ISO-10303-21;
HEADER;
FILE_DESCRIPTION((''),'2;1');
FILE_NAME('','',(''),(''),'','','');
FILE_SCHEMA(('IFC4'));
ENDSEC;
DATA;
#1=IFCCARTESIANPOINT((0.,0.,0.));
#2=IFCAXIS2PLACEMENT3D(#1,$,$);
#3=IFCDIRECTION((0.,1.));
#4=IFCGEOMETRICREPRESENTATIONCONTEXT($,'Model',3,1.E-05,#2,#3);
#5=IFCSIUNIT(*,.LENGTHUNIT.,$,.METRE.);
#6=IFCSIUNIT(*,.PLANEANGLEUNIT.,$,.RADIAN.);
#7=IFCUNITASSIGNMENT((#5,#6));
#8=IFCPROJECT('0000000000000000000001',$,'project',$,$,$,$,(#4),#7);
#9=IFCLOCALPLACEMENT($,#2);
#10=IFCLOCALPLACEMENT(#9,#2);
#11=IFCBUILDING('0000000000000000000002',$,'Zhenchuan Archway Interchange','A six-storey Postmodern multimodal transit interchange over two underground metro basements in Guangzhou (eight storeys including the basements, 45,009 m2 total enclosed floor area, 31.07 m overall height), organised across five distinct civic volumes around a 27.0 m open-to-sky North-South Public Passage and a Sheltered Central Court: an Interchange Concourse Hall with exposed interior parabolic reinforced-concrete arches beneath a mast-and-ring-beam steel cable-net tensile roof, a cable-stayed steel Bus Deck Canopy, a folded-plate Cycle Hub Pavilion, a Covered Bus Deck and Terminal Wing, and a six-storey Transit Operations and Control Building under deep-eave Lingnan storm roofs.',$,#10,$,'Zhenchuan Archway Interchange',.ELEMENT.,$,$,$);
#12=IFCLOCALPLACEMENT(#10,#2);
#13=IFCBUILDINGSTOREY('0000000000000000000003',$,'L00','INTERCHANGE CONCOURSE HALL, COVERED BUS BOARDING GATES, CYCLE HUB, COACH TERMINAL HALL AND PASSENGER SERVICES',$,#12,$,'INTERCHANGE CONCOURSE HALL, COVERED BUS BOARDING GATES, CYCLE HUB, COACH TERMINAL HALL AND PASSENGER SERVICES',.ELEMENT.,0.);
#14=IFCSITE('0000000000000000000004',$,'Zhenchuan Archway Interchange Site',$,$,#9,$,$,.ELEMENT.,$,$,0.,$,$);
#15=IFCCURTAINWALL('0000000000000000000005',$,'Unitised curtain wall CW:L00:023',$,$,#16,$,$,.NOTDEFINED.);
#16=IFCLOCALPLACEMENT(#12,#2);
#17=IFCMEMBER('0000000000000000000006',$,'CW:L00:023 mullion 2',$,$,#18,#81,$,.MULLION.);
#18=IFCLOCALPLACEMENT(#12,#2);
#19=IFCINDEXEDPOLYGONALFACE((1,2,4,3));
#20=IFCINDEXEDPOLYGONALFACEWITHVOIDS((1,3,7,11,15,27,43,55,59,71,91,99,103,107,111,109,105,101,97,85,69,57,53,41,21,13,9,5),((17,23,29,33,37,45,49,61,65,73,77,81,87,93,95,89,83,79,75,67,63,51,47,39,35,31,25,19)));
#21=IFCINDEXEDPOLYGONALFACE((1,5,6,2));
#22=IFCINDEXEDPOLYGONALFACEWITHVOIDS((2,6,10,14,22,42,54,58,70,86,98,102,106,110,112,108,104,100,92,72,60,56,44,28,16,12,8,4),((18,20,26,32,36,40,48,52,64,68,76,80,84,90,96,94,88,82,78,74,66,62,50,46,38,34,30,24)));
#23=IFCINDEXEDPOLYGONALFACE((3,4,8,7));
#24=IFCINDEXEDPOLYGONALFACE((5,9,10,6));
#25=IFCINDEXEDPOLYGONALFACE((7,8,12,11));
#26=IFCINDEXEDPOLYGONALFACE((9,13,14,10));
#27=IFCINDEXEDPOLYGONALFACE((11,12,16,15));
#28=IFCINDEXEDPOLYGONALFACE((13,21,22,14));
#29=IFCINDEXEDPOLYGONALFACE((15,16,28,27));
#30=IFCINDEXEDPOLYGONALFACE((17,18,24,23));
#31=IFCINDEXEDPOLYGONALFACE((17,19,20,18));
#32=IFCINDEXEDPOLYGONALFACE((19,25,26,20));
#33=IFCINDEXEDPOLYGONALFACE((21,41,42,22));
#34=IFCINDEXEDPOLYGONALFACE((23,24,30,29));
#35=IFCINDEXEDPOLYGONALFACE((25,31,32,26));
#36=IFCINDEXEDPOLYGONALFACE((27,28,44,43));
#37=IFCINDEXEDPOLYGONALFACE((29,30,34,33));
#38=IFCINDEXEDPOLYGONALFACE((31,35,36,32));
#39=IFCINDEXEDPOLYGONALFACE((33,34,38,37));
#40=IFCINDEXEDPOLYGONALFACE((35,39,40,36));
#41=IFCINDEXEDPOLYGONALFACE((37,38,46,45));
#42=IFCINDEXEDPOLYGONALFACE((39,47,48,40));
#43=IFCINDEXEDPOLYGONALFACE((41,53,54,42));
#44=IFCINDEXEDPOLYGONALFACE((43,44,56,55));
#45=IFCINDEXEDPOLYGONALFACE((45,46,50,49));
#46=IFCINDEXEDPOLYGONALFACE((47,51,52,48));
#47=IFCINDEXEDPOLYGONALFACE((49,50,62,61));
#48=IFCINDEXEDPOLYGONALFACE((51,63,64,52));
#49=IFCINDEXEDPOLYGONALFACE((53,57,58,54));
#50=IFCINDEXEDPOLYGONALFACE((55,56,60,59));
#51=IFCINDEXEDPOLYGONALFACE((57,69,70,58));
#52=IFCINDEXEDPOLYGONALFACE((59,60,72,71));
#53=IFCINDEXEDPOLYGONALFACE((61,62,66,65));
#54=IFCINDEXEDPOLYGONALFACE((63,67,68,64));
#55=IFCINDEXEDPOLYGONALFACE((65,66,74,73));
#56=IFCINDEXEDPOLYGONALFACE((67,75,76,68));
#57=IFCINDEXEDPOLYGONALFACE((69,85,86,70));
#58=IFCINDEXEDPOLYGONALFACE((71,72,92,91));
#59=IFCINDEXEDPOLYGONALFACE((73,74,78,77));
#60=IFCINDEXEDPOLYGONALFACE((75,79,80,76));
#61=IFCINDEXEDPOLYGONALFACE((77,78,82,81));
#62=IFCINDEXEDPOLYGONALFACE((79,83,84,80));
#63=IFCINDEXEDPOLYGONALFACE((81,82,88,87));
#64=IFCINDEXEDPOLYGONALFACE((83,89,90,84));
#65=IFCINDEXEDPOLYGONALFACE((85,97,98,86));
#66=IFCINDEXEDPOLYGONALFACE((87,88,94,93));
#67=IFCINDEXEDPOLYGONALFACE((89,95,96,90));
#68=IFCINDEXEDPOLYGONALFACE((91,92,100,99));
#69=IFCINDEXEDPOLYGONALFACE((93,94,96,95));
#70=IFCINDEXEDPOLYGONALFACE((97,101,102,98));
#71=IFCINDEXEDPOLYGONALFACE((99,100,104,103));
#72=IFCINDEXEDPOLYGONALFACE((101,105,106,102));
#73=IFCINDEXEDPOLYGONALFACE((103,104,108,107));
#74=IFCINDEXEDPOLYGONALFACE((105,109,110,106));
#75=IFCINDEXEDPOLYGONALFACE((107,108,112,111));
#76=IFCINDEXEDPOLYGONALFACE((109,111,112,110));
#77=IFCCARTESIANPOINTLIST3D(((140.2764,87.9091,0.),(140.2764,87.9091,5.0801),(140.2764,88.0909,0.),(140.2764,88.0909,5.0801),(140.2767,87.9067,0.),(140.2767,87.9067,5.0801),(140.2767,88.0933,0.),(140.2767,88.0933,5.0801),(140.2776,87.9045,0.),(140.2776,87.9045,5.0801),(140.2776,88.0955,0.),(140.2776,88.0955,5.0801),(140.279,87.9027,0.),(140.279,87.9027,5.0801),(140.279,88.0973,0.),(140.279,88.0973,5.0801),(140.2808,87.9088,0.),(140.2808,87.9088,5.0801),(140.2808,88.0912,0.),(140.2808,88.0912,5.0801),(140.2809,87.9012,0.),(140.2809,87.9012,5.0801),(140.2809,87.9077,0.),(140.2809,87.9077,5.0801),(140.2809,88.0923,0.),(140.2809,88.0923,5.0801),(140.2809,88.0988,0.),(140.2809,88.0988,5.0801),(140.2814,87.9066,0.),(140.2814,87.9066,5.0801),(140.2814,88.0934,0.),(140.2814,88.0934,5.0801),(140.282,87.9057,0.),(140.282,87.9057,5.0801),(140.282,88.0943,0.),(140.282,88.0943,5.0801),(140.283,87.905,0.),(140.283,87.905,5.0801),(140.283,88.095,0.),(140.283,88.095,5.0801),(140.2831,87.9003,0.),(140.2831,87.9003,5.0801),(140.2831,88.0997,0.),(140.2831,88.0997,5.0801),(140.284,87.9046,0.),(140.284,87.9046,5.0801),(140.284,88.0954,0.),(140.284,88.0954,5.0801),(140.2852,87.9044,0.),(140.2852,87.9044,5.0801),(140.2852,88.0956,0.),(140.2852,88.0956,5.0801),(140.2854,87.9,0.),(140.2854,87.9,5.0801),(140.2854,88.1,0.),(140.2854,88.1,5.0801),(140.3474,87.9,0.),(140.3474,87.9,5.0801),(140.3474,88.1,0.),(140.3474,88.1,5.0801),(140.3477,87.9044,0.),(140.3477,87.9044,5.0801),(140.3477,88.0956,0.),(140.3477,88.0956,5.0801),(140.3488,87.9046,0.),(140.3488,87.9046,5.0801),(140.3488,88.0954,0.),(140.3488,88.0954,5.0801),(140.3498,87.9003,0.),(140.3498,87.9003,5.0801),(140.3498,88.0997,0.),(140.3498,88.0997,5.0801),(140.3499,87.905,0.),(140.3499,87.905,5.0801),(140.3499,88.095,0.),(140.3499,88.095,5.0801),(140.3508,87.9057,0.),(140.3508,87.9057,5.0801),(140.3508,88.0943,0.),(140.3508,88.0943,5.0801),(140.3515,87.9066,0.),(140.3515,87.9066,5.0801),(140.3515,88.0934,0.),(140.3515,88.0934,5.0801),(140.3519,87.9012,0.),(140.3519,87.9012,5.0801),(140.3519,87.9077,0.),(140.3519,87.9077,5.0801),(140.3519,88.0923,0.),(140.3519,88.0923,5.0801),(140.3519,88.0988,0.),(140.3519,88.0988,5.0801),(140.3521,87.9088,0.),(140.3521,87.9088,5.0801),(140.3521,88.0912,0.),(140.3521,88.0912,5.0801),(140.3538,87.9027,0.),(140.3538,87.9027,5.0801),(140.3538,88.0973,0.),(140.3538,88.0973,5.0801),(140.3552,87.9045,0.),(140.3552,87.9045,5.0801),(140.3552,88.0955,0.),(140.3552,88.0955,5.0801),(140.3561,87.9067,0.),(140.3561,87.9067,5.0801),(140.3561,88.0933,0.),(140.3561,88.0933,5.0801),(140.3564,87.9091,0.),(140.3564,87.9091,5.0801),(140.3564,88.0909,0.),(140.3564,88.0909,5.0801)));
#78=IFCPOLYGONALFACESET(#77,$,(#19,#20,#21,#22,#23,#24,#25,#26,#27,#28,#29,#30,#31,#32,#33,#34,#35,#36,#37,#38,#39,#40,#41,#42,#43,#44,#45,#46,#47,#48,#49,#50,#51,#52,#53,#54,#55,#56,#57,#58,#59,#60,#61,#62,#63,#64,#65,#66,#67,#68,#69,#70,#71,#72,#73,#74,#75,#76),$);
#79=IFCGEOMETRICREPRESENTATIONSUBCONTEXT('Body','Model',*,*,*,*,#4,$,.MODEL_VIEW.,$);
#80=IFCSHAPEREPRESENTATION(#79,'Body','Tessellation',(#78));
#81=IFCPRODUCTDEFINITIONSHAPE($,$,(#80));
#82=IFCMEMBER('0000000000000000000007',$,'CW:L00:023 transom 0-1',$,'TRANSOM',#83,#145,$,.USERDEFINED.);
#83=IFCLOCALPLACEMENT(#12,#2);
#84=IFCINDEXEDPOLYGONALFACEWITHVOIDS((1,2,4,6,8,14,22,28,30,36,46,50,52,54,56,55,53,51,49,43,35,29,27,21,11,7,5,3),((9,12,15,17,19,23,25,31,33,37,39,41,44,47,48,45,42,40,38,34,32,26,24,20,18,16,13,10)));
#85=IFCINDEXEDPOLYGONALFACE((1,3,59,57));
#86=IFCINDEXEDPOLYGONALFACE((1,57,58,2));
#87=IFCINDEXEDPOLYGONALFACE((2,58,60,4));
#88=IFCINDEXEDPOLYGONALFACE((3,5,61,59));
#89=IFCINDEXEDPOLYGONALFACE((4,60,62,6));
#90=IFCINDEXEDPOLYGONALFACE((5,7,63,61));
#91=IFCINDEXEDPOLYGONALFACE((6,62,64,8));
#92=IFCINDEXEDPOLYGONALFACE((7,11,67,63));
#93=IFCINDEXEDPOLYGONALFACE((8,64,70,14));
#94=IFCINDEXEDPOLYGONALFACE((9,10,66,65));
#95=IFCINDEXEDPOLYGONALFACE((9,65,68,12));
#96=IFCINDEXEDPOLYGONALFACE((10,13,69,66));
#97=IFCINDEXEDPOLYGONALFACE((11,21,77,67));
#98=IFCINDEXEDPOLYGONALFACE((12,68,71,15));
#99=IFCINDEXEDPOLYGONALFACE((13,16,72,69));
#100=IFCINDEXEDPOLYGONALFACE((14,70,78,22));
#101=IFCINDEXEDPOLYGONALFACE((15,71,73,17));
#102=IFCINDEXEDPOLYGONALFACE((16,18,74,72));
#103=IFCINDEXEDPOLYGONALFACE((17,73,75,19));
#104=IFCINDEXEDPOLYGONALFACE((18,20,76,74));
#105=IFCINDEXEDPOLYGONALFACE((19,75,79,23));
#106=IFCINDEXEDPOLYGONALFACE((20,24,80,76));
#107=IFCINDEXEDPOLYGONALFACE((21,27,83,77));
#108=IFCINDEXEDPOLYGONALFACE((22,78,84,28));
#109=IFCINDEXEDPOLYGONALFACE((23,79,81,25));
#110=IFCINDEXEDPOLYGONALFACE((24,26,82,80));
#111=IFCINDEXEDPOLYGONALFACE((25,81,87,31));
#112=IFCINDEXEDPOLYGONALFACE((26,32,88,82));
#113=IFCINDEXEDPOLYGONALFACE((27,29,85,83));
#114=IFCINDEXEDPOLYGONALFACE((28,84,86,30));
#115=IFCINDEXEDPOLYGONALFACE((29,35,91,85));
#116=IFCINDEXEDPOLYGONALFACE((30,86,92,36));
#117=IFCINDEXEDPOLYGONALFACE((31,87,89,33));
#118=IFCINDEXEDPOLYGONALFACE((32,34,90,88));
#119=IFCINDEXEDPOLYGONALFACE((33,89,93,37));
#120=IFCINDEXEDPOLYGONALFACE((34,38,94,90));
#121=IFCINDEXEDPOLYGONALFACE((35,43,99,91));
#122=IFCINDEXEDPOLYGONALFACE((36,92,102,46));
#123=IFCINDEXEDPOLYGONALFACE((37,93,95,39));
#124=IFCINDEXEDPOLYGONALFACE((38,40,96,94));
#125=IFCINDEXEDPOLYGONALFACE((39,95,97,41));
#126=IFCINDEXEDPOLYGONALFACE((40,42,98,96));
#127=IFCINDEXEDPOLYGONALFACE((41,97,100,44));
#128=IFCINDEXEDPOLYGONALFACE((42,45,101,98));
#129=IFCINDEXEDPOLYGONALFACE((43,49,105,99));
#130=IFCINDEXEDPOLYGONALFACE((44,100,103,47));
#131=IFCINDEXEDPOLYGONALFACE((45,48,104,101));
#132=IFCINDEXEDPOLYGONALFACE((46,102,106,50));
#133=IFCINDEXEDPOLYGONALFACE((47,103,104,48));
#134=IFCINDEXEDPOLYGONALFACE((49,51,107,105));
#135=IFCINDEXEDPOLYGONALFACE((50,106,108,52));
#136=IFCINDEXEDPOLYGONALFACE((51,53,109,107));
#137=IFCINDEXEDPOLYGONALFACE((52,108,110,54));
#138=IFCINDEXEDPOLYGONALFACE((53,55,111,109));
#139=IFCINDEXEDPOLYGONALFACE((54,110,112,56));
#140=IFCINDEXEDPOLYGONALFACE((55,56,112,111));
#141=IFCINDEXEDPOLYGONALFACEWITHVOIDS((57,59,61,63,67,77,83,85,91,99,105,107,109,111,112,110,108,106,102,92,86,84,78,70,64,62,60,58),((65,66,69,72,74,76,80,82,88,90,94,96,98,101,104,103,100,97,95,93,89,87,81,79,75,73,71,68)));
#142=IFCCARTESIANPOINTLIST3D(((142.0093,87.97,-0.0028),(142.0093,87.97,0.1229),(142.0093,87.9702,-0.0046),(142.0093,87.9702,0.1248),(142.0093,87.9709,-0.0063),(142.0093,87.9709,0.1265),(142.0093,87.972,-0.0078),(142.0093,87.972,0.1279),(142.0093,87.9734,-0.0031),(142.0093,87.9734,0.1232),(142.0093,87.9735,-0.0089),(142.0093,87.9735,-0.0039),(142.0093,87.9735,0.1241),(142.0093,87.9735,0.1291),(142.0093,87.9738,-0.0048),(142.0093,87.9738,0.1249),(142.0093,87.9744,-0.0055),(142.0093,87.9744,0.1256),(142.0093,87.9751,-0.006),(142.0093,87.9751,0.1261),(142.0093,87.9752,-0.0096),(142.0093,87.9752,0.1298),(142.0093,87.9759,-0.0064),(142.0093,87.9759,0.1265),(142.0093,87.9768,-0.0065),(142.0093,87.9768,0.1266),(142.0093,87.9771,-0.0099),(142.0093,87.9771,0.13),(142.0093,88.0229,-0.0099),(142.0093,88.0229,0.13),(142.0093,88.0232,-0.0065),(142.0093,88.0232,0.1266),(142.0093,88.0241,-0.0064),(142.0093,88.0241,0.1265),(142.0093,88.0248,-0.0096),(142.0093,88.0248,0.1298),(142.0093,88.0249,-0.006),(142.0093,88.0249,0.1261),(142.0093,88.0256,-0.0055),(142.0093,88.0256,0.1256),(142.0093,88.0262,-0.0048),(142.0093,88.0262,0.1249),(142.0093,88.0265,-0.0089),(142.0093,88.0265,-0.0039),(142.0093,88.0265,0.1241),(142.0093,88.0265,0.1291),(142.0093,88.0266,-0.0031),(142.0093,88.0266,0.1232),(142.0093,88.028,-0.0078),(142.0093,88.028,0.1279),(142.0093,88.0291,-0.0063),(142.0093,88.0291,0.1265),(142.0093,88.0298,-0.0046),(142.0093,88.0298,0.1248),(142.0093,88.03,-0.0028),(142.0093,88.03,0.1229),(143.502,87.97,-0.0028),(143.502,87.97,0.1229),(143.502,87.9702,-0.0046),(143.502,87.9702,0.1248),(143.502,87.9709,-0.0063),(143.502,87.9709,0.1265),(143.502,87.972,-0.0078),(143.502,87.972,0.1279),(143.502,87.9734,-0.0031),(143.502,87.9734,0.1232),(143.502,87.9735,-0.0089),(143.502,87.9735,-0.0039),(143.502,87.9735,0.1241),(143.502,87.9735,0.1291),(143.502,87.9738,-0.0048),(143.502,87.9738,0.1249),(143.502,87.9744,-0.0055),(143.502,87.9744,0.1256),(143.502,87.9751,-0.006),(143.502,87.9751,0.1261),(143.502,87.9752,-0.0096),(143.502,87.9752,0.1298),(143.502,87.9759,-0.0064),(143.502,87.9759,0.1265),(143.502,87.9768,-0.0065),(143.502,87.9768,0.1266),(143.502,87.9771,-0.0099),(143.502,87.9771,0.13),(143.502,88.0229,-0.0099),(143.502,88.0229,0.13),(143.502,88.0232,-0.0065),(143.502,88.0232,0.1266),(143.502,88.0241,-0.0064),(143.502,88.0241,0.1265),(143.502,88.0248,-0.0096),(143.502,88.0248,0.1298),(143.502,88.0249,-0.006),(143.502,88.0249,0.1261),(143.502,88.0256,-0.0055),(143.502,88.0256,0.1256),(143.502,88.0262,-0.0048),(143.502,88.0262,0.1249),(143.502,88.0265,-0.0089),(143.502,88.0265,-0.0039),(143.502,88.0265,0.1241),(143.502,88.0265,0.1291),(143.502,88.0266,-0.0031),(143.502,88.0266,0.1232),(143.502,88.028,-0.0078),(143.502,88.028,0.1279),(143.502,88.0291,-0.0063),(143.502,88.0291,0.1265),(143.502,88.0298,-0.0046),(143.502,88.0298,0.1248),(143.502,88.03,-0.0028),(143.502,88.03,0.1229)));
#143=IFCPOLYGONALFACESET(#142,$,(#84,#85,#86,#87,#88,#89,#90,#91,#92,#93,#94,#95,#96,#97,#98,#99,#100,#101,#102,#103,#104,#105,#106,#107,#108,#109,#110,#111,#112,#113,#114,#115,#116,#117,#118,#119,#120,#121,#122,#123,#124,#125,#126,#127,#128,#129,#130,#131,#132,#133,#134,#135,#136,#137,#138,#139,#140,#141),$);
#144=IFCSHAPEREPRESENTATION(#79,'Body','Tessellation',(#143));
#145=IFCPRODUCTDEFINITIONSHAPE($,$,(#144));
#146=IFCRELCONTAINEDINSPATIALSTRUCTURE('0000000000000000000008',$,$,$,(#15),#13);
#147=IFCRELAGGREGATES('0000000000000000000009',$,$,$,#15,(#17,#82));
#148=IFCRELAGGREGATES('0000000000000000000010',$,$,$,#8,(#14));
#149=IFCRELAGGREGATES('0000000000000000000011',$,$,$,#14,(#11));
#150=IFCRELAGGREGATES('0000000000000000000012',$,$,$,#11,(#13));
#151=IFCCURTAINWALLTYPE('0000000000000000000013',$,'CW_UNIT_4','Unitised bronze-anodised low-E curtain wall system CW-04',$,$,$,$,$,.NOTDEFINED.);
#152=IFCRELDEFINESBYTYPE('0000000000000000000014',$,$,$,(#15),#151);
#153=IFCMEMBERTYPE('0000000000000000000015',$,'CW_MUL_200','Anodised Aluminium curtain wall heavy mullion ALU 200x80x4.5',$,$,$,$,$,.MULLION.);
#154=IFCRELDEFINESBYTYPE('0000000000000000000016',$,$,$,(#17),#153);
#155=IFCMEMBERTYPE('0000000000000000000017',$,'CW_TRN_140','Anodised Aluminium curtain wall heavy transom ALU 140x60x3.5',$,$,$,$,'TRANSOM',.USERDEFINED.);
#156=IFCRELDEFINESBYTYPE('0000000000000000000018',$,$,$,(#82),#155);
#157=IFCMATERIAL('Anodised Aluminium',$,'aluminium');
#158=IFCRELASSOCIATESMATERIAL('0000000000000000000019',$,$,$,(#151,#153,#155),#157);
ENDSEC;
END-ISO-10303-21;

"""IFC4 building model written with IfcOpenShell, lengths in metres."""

from ifc_helpers import new_model, si_unit, direction, frame, origin, origin_2d, place, context, subcontext, project, spatial, hollow_rectangle, extrude, material, material_profile, profile_set, type_object, element, aggregate, save


model = new_model("IFC4")

# Units and contexts
model_context = context("Model", 3, precision=1e-05, world=origin(), true_north=direction((0.0, 1.0)))
body_context = subcontext(model_context, "Body", "Model", "MODEL_VIEW")
ifc_project = project(units=[si_unit("LENGTHUNIT", "METRE"), si_unit("PLANEANGLEUNIT", "RADIAN")], contexts=[model_context])

# Site, building, storey
site_placement = place(None, origin())
site = spatial("IfcSite", under=ifc_project, at=site_placement, Name="Zhenchuan Archway Interchange Site", CompositionType="ELEMENT", RefElevation=0.0)
building_placement = place(site_placement, origin())
building = spatial("IfcBuilding", under=site, at=building_placement, Name="Zhenchuan Archway Interchange", Description="A six-storey Postmodern multimodal transit interchange over two underground metro basements in Guangzhou (eight storeys including the basements, 45,009 m2 total enclosed floor area, 31.07 m overall height), organised across five distinct civic volumes around a 27.0 m open-to-sky North-South Public Passage and a Sheltered Central Court: an Interchange Concourse Hall with exposed interior parabolic reinforced-concrete arches beneath a mast-and-ring-beam steel cable-net tensile roof, a cable-stayed steel Bus Deck Canopy, a folded-plate Cycle Hub Pavilion, a Covered Bus Deck and Terminal Wing, and a six-storey Transit Operations and Control Building under deep-eave Lingnan storm roofs.", LongName="Zhenchuan Archway Interchange", CompositionType="ELEMENT")
storey_placement = place(building_placement, origin())
storey = spatial("IfcBuildingStorey", under=building, at=storey_placement, Name="L00", Description="INTERCHANGE CONCOURSE HALL, COVERED BUS BOARDING GATES, CYCLE HUB, COACH TERMINAL HALL AND PASSENGER SERVICES", LongName="INTERCHANGE CONCOURSE HALL, COVERED BUS BOARDING GATES, CYCLE HUB, COACH TERMINAL HALL AND PASSENGER SERVICES", CompositionType="ELEMENT", Elevation=0.0)

# Curtain wall, members
ifc_material_1 = material(Name="Anodised Aluminium", Category="aluminium")
curtain_wall_type = type_object("IfcCurtainWallType", Name="CW_UNIT_4", Description="Unitised bronze-anodised low-E curtain wall system CW-04", PredefinedType="NOTDEFINED", material=ifc_material_1)
curtain_wall_placement = place(storey_placement, origin())
curtain_wall = element("IfcCurtainWall", 1, at=curtain_wall_placement, inside=storey, type_object=curtain_wall_type, Name="Unitised curtain wall CW:L00:023", PredefinedType="NOTDEFINED")
ifc_material_profile_1 = material_profile(ifc_material_1, hollow_rectangle(XDim=0.0801, YDim=0.2, WallThickness=0.0044, InnerFilletRadius=0.0044, OuterFilletRadius=0.009, at=origin_2d()), Name="ALU 200x80x4.5")
ifc_profile_set_1 = profile_set([ifc_material_profile_1], Name="Anodised Aluminium")
member_type_1 = type_object("IfcMemberType", Name="CW_MUL_200", Description="Anodised Aluminium curtain wall heavy mullion ALU 200x80x4.5", PredefinedType="MULLION", material=ifc_profile_set_1)
member_1_placement = place(storey_placement, frame((140.3164, 88.0, 0.0), z_axis=(0.0, 0.0, 1.0), x_axis=(1.0, 0.0, 0.0)))
member_1 = element("IfcMember", 2, at=member_1_placement, type_object=member_type_1, Name="CW:L00:023 mullion 2", PredefinedType="MULLION", context=body_context, shape_type="SweptSolid", body=[
    extrude(hollow_rectangle(XDim=0.0801, YDim=0.2, WallThickness=0.0044, InnerFilletRadius=0.0044, OuterFilletRadius=0.009, at=origin_2d()), origin(), (0.0, 0.0, 1.0), 5.0801),
])
ifc_material_profile_2 = material_profile(ifc_material_1, hollow_rectangle(XDim=0.0601, YDim=0.1399, WallThickness=0.0034, InnerFilletRadius=0.0034, OuterFilletRadius=0.0071, at=origin_2d()), Name="ALU 140x60x3.5")
ifc_profile_set_2 = profile_set([ifc_material_profile_2], Name="Anodised Aluminium")
member_type_2 = type_object("IfcMemberType", Name="CW_TRN_140", Description="Anodised Aluminium curtain wall heavy transom ALU 140x60x3.5", ElementType="TRANSOM", PredefinedType="USERDEFINED", material=ifc_profile_set_2)
member_2_placement = place(storey_placement, frame((143.502, 88.0, 0.0601), z_axis=(-1.0, 0.0, 0.0), x_axis=(0.0, -1.0, 0.0)))
member_2 = element("IfcMember", 3, at=member_2_placement, type_object=member_type_2, Name="CW:L00:023 transom 0-1", ObjectType="TRANSOM", PredefinedType="USERDEFINED", context=body_context, shape_type="SweptSolid", body=[
    extrude(hollow_rectangle(XDim=0.0601, YDim=0.1399, WallThickness=0.0034, InnerFilletRadius=0.0034, OuterFilletRadius=0.0071, at=origin_2d()), origin(), (0.0, 0.0, 1.0), 1.4927),
])

aggregate(curtain_wall, [member_1, member_2])

save(model, "model.ifc")
